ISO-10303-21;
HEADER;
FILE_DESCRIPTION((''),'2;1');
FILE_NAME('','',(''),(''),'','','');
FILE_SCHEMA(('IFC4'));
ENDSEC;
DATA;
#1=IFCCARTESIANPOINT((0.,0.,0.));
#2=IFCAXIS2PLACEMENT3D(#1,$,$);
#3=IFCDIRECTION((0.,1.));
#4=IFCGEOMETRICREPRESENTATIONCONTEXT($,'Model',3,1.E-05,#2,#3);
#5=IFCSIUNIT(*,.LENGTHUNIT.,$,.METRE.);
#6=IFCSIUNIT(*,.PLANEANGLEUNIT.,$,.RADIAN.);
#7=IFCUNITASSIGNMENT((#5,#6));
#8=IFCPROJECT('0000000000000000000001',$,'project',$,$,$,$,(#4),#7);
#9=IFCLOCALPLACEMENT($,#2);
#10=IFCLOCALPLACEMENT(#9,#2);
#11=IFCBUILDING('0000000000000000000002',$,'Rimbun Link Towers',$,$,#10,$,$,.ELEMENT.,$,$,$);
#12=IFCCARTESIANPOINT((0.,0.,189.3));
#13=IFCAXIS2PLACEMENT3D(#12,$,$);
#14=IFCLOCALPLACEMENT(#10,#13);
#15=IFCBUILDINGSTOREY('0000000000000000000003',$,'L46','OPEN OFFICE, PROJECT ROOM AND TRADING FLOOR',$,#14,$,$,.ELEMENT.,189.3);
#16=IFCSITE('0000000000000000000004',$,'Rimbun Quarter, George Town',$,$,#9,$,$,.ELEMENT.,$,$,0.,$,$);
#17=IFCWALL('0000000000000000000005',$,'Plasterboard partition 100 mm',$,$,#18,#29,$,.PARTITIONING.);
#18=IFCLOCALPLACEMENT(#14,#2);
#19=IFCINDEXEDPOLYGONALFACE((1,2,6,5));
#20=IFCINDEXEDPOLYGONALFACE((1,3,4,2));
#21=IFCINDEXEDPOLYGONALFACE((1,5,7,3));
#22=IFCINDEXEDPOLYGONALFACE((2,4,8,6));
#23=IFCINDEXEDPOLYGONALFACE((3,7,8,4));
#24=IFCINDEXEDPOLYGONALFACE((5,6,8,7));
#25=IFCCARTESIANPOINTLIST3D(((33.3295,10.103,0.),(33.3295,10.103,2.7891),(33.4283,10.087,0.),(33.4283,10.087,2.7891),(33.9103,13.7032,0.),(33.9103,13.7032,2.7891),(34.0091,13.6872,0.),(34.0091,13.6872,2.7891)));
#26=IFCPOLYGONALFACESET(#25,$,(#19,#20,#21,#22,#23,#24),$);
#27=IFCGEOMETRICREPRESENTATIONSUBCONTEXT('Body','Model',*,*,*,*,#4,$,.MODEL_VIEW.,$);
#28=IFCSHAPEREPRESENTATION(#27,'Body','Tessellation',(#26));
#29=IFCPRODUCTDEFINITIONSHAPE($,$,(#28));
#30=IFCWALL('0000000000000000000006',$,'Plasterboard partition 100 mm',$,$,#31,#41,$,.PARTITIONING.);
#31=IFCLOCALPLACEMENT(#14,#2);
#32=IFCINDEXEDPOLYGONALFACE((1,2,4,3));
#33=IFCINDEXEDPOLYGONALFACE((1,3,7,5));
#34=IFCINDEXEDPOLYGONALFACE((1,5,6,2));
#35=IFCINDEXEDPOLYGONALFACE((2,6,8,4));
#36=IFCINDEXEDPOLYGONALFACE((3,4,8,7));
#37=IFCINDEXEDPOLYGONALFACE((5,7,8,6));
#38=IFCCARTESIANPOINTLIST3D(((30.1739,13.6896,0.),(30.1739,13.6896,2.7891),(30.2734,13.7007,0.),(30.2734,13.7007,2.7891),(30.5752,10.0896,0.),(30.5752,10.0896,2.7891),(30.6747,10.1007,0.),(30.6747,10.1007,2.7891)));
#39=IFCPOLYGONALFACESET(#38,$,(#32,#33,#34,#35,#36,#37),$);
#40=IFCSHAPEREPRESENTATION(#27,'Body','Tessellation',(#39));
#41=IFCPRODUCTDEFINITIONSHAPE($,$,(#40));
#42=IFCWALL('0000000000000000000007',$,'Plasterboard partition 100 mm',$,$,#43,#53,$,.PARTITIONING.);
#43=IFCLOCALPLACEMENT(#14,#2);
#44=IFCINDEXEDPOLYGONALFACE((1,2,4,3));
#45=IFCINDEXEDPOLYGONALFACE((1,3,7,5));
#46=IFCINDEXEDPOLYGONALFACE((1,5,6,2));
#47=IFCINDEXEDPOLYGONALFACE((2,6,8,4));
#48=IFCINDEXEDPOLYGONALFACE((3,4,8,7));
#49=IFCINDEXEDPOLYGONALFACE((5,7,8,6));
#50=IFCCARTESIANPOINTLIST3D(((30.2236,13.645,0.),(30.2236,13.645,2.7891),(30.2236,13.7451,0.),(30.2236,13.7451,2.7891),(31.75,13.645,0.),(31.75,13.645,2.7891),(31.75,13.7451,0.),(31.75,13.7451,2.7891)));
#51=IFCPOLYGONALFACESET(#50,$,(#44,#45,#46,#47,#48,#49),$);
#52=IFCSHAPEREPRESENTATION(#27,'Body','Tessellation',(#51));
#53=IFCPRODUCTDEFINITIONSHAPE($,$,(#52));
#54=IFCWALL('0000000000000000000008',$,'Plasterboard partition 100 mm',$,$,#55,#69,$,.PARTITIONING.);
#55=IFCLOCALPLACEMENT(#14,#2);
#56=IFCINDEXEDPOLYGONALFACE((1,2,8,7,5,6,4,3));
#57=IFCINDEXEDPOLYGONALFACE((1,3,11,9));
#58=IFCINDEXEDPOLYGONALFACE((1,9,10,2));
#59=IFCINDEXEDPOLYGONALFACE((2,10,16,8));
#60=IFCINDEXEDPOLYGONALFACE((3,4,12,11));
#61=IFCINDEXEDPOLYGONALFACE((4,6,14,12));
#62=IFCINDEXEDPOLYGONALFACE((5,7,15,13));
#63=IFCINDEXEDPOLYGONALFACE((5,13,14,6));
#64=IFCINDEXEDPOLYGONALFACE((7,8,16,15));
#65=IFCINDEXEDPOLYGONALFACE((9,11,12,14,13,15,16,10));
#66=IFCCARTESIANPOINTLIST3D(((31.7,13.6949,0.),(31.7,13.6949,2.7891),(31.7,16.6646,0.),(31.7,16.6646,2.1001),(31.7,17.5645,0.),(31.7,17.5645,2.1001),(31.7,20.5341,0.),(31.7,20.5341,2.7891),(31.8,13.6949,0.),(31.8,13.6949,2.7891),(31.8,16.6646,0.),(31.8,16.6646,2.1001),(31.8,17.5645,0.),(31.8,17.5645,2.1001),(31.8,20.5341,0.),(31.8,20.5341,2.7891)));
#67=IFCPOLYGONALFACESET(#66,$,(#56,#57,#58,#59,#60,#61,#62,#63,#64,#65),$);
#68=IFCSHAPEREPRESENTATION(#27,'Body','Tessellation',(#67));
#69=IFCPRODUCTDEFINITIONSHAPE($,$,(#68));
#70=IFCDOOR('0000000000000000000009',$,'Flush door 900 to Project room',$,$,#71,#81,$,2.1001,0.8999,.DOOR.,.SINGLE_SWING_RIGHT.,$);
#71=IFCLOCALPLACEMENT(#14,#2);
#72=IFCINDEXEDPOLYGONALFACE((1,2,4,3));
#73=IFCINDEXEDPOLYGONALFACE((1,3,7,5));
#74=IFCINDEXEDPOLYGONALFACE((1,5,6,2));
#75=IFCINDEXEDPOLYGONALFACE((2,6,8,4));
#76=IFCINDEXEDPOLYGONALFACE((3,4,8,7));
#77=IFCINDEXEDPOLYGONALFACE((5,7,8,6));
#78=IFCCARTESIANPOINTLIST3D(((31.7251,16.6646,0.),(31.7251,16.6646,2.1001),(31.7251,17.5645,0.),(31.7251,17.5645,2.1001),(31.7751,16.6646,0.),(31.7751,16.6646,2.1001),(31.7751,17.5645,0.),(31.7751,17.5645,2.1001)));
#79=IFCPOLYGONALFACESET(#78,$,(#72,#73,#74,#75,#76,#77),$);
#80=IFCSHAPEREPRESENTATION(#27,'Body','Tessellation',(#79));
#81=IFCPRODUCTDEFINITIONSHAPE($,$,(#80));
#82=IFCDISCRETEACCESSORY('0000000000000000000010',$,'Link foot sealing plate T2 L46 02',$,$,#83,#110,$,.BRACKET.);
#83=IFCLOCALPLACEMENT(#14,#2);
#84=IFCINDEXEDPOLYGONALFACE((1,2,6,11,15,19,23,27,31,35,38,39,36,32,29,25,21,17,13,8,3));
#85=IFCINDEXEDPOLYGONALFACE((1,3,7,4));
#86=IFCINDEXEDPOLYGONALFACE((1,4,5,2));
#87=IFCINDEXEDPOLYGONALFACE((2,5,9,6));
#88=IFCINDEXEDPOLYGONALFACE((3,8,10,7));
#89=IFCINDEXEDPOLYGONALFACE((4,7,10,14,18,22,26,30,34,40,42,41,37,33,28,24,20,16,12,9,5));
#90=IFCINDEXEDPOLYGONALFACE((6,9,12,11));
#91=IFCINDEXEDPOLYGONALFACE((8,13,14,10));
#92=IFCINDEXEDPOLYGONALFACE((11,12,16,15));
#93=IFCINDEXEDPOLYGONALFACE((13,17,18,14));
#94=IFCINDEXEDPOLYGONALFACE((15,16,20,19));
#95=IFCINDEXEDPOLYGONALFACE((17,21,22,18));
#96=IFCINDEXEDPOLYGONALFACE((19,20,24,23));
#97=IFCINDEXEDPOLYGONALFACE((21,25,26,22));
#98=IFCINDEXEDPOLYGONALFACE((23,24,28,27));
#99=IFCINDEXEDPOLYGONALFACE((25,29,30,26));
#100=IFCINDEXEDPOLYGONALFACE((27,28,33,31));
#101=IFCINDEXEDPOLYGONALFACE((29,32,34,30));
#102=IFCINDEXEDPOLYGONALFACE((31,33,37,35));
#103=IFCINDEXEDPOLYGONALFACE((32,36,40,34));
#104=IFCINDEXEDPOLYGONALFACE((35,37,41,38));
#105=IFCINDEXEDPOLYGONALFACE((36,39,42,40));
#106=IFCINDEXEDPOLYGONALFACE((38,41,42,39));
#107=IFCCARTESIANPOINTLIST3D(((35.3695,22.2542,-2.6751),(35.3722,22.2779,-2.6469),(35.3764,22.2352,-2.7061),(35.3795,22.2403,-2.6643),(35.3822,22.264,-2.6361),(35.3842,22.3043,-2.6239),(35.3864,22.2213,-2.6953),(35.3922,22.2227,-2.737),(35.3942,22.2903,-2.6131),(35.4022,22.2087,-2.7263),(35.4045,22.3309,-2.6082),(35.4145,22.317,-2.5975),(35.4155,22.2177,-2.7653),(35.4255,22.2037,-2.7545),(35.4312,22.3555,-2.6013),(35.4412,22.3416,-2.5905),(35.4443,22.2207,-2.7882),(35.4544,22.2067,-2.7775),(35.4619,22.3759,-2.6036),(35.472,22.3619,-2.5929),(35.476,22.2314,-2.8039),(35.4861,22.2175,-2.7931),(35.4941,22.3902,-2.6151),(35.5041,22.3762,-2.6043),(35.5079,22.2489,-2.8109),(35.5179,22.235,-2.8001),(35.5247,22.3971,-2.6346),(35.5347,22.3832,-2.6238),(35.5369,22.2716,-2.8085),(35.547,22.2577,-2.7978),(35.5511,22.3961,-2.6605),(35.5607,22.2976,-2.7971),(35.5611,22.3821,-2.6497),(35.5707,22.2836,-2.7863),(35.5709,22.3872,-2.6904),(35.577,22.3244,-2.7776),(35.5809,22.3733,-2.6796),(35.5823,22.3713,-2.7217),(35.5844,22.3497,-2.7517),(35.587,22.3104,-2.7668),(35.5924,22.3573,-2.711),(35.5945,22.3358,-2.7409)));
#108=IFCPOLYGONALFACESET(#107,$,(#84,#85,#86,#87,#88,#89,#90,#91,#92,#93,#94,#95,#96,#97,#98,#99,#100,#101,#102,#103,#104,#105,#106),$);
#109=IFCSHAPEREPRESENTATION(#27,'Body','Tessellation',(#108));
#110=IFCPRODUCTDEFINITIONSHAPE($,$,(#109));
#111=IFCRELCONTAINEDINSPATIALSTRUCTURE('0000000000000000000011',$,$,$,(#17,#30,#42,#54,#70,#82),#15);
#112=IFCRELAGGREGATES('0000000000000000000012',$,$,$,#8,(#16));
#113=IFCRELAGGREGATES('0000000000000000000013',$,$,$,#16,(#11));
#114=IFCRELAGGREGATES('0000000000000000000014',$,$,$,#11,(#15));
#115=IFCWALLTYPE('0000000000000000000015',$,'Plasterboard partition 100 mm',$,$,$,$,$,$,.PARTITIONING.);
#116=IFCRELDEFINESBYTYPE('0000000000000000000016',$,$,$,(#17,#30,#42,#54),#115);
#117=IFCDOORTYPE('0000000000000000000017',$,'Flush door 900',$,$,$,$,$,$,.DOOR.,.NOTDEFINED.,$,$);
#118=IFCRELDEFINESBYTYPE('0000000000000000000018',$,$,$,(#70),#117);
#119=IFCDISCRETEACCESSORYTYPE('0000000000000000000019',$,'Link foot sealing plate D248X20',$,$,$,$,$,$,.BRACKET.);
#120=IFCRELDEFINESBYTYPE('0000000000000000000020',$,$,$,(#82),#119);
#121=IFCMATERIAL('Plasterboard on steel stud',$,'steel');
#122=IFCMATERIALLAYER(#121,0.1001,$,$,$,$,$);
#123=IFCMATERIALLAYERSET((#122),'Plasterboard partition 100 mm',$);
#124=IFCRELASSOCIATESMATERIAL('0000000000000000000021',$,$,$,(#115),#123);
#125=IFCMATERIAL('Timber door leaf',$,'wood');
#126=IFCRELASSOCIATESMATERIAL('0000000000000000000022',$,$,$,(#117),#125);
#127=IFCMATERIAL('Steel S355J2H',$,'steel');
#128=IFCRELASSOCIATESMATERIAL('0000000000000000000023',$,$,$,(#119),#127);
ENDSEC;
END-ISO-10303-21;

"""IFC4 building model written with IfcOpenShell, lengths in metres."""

from ifc_helpers import new_model, si_unit, direction, frame, frame_2d, origin, origin_2d, place, context, subcontext, project, spatial, rectangle, circle, extrude, material, layer, layer_set, material_profile, profile_set, type_object, element, fill, save


model = new_model("IFC4")

# Units and contexts
model_context = context("Model", 3, precision=1e-05, world=origin(), true_north=direction((0.0, 1.0)))
body_context = subcontext(model_context, "Body", "Model", "MODEL_VIEW")
ifc_project = project(units=[si_unit("LENGTHUNIT", "METRE"), si_unit("PLANEANGLEUNIT", "RADIAN")], contexts=[model_context])

# Site, building, storey
site_placement = place(None, origin())
site = spatial("IfcSite", under=ifc_project, at=site_placement, Name="Rimbun Quarter, George Town", CompositionType="ELEMENT", RefElevation=0.0)
building_placement = place(site_placement, origin())
building = spatial("IfcBuilding", under=site, at=building_placement, Name="Rimbun Link Towers", CompositionType="ELEMENT")
storey_placement = place(building_placement, frame((0.0, 0.0, 189.3)))
storey = spatial("IfcBuildingStorey", under=building, at=storey_placement, Name="L46", Description="OPEN OFFICE, PROJECT ROOM AND TRADING FLOOR", CompositionType="ELEMENT", Elevation=189.3)

# Shared definitions
ifc_material_1 = material(Name="Plasterboard on steel stud", Category="steel")
ifc_layer_1 = layer(ifc_material_1, 0.1001)
ifc_layer_set_1 = layer_set([ifc_layer_1], Name="Plasterboard partition 100 mm")
wall_type = type_object("IfcWallType", Name="Plasterboard partition 100 mm", PredefinedType="PARTITIONING", material=ifc_layer_set_1)
ifc_material_2 = material(Name="Timber door leaf", Category="wood")
door_type_1 = type_object("IfcDoorType", Name="Flush door 900", OperationType="NOTDEFINED", PredefinedType="DOOR", material=ifc_material_2)

# Walls
wall_1_placement = place(storey_placement, frame((33.9597, 13.6951, 0.0), z_axis=(0.0, 0.0, 1.0), x_axis=(-0.159272, -0.987235, 0.0)))
element("IfcWall", 1, at=wall_1_placement, inside=storey, type_object=wall_type, Name="Plasterboard partition 100 mm", PredefinedType="PARTITIONING", context=body_context, shape_type="SweptSolid", body=[
    extrude(rectangle(XDim=3.6467, YDim=0.1001, at=frame_2d((1.8232, 0.0))), origin(), (0.0, 0.0, 1.0), 2.7891),
])
wall_2_placement = place(storey_placement, frame((30.2236, 13.6951, 0.0), z_axis=(0.0, 0.0, 1.0), x_axis=(0.110801, -0.993843, 0.0)))
element("IfcWall", 2, at=wall_2_placement, inside=storey, type_object=wall_type, Name="Plasterboard partition 100 mm", PredefinedType="PARTITIONING", context=body_context, shape_type="SweptSolid", body=[
    extrude(rectangle(XDim=3.6223, YDim=0.1001, at=frame_2d((1.811, 0.0))), origin(), (0.0, 0.0, 1.0), 2.7891),
])
wall_3_placement = place(storey_placement, frame((31.75, 13.6951, 0.0), z_axis=(0.0, 0.0, 1.0), x_axis=(-1.0, 0.0, 0.0)))
element("IfcWall", 3, at=wall_3_placement, inside=storey, type_object=wall_type, Name="Plasterboard partition 100 mm", PredefinedType="PARTITIONING", context=body_context, shape_type="SweptSolid", body=[
    extrude(rectangle(XDim=1.5264, YDim=0.1001, at=frame_2d((0.7632, 0.0))), origin(), (0.0, 0.0, 1.0), 2.7891),
])

# Wall, opening, door
wall_4_placement = place(storey_placement, frame((31.75, 13.6951, 0.0), z_axis=(0.0, 0.0, 1.0), x_axis=(0.0, 1.0, 0.0)))
wall_4 = element("IfcWall", 4, at=wall_4_placement, inside=storey, type_object=wall_type, Name="Plasterboard partition 100 mm", PredefinedType="PARTITIONING", context=body_context, shape_type="SweptSolid", body=[
    extrude(rectangle(XDim=6.8391, YDim=0.1001, at=frame_2d((3.4194, 0.0))), origin(), (0.0, 0.0, 1.0), 2.7891),
])
opening_1_placement = place(wall_4_placement, frame((2.9695, 0.0, 0.0)))
opening_1 = element("IfcOpeningElement", 5, at=opening_1_placement, cuts=wall_4, PredefinedType="OPENING", context=body_context, shape_type="SweptSolid", body=[
    extrude(rectangle(XDim=0.8999, YDim=2.1001, at=frame_2d((0.45, 1.05))), frame((0.0, 0.0601, 0.0), z_axis=(0.0, -1.0, 0.0), x_axis=(1.0, 0.0, 0.0)), (0.0, 0.0, 1.0), 0.1201),
])
door_1_placement = place(opening_1_placement, origin())
door_1 = element("IfcDoor", 6, at=door_1_placement, inside=storey, type_object=door_type_1, Name="Flush door 900 to Project room", OperationType="SINGLE_SWING_RIGHT", OverallHeight=2.1001, OverallWidth=0.8999, PredefinedType="DOOR", context=body_context, shape_type="SweptSolid", body=[
    extrude(rectangle(XDim=0.8999, YDim=2.1001, at=frame_2d((0.45, 1.05))), frame((0.0, 0.0249, 0.0), z_axis=(0.0, -1.0, 0.0), x_axis=(1.0, 0.0, 0.0)), (0.0, 0.0, 1.0), 0.05),
])
fill(opening_1, door_1)

# Discrete accessory
ifc_material_3 = material(Name="Steel S355J2H", Category="steel")
ifc_material_profile_1 = material_profile(ifc_material_3, circle(Radius=0.124, at=origin_2d()), Name="PL D248")
ifc_profile_set_1 = profile_set([ifc_material_profile_1], Name="Steel S355J2H")
discrete_accessory_type = type_object("IfcDiscreteAccessoryType", Name="Link foot sealing plate D248X20", PredefinedType="BRACKET", material=ifc_profile_set_1)
discrete_accessory_placement = place(storey_placement, frame((35.4871, 22.2937, -2.6953), z_axis=(-0.494803, 0.687896, -0.531008), x_axis=(-0.811804, -0.583929, 0.0)))
element("IfcDiscreteAccessory", 7, at=discrete_accessory_placement, inside=storey, type_object=discrete_accessory_type, Name="Link foot sealing plate T2 L46 02", PredefinedType="BRACKET", context=body_context, shape_type="SweptSolid", body=[
    extrude(circle(Radius=0.124, at=origin_2d()), origin(), (0.0, 0.0, 1.0), 0.0203),
])

save(model, "model.ifc")
